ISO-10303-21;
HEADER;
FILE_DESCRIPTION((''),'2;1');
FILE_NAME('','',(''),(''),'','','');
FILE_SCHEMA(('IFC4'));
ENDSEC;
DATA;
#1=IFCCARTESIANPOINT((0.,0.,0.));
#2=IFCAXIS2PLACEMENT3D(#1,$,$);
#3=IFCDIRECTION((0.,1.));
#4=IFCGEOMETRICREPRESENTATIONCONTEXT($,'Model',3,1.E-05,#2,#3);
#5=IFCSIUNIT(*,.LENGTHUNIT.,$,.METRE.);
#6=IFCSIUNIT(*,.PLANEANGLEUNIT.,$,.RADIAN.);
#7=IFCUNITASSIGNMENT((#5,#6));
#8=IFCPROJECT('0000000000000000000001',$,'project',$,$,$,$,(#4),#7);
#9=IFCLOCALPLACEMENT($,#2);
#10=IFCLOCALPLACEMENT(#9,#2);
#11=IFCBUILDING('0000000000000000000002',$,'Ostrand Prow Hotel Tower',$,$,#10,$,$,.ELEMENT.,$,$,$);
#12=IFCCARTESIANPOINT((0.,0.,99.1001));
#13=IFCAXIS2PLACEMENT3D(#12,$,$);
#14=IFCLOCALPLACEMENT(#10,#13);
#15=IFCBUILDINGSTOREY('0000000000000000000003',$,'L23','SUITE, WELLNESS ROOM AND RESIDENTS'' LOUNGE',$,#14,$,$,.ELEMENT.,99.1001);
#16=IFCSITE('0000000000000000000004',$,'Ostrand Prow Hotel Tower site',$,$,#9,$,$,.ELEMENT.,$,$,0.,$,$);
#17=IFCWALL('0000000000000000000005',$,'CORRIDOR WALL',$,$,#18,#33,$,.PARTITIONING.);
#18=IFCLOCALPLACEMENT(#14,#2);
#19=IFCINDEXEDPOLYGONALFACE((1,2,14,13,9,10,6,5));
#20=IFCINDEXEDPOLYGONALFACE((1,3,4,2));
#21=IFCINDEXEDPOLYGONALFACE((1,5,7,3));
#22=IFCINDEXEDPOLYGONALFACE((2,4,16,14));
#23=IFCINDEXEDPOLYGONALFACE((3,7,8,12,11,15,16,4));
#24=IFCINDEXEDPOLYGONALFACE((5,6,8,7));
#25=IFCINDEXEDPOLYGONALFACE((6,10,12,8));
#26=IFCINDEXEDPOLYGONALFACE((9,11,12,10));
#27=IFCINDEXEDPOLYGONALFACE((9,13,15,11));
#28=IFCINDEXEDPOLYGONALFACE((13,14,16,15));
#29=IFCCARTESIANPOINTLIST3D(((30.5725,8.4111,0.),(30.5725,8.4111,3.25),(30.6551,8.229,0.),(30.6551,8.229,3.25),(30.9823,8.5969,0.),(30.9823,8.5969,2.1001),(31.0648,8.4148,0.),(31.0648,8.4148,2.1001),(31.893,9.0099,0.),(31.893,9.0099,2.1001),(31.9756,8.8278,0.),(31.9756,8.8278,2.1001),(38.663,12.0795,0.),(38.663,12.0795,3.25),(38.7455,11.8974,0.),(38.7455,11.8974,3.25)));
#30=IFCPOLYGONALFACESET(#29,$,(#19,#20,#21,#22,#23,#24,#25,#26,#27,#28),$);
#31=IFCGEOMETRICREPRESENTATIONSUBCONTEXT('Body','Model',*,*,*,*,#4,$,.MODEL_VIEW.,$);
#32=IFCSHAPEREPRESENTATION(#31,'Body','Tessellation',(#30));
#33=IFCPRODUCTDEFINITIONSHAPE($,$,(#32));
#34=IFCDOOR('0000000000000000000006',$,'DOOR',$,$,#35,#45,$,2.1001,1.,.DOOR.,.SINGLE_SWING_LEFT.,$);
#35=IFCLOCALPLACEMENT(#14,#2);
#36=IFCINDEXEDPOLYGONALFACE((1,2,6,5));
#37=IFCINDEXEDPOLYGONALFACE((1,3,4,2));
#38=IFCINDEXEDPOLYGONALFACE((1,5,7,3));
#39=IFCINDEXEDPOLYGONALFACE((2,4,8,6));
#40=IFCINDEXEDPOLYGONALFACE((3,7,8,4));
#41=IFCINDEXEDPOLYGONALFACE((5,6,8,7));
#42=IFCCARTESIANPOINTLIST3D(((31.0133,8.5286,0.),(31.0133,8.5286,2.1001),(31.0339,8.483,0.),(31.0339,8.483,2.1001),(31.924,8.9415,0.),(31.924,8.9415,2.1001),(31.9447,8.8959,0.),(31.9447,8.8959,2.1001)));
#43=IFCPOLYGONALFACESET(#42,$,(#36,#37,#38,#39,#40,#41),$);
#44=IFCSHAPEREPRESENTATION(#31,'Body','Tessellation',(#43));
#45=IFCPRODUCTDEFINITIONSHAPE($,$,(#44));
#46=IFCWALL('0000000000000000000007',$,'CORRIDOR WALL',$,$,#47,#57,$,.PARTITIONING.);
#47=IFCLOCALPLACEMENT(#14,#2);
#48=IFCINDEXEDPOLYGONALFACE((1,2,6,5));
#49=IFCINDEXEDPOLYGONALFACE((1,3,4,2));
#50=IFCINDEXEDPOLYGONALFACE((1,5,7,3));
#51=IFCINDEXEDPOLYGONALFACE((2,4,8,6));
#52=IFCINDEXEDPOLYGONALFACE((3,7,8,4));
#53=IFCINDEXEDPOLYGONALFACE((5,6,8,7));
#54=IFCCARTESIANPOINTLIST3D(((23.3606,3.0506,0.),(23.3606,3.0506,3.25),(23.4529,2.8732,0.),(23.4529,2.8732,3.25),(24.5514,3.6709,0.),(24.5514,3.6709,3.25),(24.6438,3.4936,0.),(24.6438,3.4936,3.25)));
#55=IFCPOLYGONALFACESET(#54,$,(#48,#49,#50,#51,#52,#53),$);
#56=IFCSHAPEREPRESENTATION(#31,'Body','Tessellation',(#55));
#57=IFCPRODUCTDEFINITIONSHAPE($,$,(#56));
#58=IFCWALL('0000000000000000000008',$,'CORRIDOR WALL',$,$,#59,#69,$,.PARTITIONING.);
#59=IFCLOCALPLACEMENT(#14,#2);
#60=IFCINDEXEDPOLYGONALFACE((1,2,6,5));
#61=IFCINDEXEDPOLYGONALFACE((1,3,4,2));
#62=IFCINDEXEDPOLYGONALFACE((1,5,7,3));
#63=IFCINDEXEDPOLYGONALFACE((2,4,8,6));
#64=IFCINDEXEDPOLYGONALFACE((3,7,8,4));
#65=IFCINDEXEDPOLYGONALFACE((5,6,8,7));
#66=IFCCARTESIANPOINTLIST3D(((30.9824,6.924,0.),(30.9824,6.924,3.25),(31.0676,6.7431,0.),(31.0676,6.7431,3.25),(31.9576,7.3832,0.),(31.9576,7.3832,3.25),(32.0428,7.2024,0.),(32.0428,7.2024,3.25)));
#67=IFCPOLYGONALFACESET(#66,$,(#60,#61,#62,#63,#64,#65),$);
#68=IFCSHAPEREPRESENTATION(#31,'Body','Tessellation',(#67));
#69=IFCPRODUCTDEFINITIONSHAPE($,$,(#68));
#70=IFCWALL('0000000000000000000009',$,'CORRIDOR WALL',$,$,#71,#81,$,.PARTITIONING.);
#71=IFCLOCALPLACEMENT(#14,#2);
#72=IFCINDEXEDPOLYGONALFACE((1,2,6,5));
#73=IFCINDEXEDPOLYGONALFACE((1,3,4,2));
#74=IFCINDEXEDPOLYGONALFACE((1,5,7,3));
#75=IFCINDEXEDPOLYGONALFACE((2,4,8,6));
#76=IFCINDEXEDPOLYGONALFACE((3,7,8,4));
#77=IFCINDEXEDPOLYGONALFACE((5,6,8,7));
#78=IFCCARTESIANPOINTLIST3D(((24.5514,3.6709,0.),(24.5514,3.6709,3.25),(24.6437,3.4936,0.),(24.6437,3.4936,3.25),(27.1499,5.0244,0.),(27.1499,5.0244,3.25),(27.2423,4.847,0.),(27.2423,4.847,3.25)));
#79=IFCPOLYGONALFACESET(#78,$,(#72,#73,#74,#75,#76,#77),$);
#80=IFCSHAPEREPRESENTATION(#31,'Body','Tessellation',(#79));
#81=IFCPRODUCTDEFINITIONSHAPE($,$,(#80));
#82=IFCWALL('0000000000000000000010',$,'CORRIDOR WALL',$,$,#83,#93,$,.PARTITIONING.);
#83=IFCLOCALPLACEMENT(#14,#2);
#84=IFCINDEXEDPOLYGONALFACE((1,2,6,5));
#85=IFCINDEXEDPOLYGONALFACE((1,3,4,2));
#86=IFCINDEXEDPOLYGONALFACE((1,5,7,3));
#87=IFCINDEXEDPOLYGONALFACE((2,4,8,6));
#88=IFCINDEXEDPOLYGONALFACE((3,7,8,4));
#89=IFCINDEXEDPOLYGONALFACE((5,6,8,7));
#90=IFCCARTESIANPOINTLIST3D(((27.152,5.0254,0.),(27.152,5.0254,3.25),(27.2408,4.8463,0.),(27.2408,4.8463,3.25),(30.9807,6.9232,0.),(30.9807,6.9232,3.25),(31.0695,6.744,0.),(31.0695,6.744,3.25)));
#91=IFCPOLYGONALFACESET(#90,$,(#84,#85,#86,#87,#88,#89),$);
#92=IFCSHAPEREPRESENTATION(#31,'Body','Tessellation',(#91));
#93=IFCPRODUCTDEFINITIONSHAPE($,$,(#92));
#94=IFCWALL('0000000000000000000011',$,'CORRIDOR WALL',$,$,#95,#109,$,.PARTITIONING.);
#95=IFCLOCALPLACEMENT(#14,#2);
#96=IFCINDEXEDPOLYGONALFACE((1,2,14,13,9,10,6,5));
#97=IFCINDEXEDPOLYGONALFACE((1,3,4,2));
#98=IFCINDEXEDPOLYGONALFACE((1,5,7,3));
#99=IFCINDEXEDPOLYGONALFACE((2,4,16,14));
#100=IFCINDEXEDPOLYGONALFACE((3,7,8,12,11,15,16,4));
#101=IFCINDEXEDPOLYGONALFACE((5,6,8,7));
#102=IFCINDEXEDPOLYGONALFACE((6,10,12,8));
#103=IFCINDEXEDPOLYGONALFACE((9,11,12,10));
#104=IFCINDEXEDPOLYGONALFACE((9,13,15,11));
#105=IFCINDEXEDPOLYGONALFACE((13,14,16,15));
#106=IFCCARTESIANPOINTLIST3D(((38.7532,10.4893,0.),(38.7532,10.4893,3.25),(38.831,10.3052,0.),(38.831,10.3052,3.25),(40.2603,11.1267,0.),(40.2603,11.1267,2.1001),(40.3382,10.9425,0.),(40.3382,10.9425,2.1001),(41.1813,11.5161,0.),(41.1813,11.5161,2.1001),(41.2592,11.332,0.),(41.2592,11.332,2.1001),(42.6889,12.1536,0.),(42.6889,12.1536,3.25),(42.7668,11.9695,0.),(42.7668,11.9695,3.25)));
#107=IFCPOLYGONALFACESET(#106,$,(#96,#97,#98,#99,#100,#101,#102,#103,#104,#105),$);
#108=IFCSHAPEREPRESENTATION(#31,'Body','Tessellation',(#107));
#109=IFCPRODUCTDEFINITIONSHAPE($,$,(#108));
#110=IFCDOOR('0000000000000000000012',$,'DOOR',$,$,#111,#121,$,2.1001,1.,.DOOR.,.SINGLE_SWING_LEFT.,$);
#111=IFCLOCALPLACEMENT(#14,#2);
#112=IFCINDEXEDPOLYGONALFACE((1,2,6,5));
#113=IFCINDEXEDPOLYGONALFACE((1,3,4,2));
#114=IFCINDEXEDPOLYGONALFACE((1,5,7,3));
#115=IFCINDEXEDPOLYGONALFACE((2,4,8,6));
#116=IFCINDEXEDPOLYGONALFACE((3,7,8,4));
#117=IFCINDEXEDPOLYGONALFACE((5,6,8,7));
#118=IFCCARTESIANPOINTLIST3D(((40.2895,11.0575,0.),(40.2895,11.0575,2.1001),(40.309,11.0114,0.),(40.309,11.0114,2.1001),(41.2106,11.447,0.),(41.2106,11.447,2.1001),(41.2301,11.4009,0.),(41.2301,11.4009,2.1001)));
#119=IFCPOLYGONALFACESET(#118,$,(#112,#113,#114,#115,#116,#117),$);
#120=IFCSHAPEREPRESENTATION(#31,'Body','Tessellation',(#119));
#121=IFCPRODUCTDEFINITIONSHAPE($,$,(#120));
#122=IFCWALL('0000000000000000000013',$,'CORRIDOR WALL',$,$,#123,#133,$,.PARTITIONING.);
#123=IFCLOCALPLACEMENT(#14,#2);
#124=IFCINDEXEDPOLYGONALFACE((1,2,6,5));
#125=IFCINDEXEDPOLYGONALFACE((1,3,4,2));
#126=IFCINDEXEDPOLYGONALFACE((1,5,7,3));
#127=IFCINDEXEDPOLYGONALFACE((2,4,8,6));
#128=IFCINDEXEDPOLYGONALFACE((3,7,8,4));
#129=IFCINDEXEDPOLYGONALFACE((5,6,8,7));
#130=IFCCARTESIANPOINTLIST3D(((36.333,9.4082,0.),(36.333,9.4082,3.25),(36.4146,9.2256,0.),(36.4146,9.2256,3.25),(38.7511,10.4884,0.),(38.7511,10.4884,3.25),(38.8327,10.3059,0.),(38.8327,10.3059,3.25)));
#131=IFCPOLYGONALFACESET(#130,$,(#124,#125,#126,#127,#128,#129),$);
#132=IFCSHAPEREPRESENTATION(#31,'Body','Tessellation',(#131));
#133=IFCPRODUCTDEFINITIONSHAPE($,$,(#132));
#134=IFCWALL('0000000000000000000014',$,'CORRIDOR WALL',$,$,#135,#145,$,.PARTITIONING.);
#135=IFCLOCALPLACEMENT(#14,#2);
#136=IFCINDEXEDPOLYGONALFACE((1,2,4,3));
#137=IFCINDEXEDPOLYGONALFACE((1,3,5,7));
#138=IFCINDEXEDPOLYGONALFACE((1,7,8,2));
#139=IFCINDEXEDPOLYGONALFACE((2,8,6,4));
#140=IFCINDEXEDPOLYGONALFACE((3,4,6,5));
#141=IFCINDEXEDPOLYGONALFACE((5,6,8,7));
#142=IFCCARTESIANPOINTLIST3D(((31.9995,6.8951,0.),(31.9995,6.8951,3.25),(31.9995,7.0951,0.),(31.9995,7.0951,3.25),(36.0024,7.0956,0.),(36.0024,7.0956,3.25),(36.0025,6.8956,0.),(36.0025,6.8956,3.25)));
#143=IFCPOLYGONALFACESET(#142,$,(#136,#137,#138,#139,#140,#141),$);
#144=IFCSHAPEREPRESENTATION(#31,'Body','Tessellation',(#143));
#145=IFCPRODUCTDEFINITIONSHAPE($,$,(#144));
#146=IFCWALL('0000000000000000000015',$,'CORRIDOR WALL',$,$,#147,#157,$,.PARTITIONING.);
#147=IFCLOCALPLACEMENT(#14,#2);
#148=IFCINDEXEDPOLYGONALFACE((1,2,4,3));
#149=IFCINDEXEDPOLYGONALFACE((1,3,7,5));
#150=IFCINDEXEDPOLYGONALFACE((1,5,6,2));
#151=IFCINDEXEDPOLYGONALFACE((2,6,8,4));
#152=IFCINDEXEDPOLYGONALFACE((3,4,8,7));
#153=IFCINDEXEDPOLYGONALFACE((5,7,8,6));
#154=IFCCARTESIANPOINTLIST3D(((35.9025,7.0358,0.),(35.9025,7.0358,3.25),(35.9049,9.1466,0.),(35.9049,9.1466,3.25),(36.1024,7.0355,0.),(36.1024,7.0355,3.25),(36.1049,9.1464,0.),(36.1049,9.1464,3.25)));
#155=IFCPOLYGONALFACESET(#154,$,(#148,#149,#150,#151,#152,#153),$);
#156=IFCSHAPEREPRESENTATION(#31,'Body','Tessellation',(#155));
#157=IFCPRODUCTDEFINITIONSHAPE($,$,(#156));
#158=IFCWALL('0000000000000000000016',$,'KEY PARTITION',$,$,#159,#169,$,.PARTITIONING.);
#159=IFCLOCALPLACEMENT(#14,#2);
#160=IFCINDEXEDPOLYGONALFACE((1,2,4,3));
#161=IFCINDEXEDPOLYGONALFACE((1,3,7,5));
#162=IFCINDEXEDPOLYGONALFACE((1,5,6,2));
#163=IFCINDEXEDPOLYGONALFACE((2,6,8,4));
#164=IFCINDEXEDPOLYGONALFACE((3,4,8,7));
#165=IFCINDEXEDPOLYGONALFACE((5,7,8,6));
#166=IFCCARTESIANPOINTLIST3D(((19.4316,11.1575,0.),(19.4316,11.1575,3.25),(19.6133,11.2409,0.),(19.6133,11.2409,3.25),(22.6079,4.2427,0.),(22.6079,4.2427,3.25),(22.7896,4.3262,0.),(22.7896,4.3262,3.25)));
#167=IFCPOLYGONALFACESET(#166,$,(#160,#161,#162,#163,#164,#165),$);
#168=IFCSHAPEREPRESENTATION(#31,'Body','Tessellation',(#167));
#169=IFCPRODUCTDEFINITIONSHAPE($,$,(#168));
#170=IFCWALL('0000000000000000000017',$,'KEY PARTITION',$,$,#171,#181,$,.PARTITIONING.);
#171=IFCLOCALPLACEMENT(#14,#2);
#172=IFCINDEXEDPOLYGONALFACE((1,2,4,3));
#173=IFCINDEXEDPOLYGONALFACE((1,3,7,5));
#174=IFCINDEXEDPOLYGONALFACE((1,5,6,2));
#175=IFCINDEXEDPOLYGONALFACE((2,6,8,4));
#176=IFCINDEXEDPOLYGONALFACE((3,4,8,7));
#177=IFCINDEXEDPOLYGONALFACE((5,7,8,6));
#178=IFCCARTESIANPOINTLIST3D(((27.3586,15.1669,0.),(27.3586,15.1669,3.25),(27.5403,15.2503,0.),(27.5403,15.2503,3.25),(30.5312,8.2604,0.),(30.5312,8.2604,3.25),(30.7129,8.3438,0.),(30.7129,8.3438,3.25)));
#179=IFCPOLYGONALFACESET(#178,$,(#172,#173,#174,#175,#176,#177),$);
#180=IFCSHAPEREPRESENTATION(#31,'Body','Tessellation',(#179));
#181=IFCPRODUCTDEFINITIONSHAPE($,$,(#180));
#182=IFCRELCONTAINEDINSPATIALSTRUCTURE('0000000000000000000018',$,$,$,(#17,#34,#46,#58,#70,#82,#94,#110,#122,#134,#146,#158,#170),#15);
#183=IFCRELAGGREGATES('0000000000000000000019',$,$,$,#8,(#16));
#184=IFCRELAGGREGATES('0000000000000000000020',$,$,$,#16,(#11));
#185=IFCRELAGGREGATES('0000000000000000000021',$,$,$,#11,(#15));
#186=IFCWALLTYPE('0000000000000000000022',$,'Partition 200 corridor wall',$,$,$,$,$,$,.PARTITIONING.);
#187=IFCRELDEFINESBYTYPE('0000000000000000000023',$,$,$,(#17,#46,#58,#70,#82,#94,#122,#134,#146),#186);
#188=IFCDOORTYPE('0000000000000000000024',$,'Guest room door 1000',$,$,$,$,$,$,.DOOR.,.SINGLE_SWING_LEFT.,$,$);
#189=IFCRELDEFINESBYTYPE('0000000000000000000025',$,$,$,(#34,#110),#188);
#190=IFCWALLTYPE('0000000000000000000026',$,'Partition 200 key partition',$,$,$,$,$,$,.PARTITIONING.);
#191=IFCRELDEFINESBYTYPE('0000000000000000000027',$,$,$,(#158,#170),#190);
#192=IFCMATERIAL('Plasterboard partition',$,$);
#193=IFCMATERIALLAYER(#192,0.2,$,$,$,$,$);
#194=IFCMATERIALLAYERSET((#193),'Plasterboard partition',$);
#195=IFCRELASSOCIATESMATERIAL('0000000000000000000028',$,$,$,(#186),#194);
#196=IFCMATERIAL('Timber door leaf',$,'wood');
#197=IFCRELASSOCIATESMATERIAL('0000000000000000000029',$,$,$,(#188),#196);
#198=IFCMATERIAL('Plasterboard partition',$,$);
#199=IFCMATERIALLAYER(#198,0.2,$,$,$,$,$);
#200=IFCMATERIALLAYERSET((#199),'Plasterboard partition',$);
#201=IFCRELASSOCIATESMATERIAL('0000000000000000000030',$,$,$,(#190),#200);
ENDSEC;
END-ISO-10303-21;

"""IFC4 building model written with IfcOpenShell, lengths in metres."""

from ifc_helpers import new_model, si_unit, direction, frame, frame_2d, origin, place, context, subcontext, project, spatial, rectangle, extrude, material, layer, layer_set, type_object, element, fill, save


model = new_model("IFC4")

# Units and contexts
model_context = context("Model", 3, precision=1e-05, world=origin(), true_north=direction((0.0, 1.0)))
body_context = subcontext(model_context, "Body", "Model", "MODEL_VIEW")
ifc_project = project(units=[si_unit("LENGTHUNIT", "METRE"), si_unit("PLANEANGLEUNIT", "RADIAN")], contexts=[model_context])

# Site, building, storey
site_placement = place(None, origin())
site = spatial("IfcSite", under=ifc_project, at=site_placement, Name="Ostrand Prow Hotel Tower site", CompositionType="ELEMENT", RefElevation=0.0)
building_placement = place(site_placement, origin())
building = spatial("IfcBuilding", under=site, at=building_placement, Name="Ostrand Prow Hotel Tower", CompositionType="ELEMENT")
storey_placement = place(building_placement, frame((0.0, 0.0, 99.1001)))
storey = spatial("IfcBuildingStorey", under=building, at=storey_placement, Name="L23", Description="SUITE, WELLNESS ROOM AND RESIDENTS' LOUNGE", CompositionType="ELEMENT", Elevation=99.1001)

# Wall, opening, door
ifc_material_1 = material(Name="Plasterboard partition")
ifc_layer_1 = layer(ifc_material_1, 0.2)
ifc_layer_set_1 = layer_set([ifc_layer_1], Name="Plasterboard partition")
wall_type_1 = type_object("IfcWallType", Name="Partition 200 corridor wall", PredefinedType="PARTITIONING", material=ifc_layer_set_1)
ifc_material_2 = material(Name="Timber door leaf", Category="wood")
door_type_1 = type_object("IfcDoorType", Name="Guest room door 1000", OperationType="SINGLE_SWING_LEFT", PredefinedType="DOOR", material=ifc_material_2)
wall_1_placement = place(storey_placement, frame((30.6138, 8.3201, 0.0), z_axis=(0.0, 0.0, 1.0), x_axis=(0.910751, 0.412956, 0.0)))
wall_1 = element("IfcWall", 1, at=wall_1_placement, inside=storey, type_object=wall_type_1, Name="CORRIDOR WALL", PredefinedType="PARTITIONING", context=body_context, shape_type="SweptSolid", body=[
    extrude(rectangle(XDim=8.8833, YDim=0.2, at=frame_2d((4.4417, 0.0))), origin(), (0.0, 0.0, 1.0), 3.25),
])
opening_1_placement = place(wall_1_placement, frame((0.45, 0.0, 0.0)))
opening_1 = element("IfcOpeningElement", 2, at=opening_1_placement, cuts=wall_1, PredefinedType="OPENING", context=body_context, shape_type="SweptSolid", body=[
    extrude(rectangle(XDim=1.0, YDim=2.1001, at=frame_2d((0.5, 1.05))), frame((0.0, 0.1099, 0.0), z_axis=(0.0, -1.0, 0.0), x_axis=(1.0, 0.0, 0.0)), (0.0, 0.0, 1.0), 0.22),
])
door_1_placement = place(opening_1_placement, origin())
door_1 = element("IfcDoor", 3, at=door_1_placement, inside=storey, type_object=door_type_1, Name="DOOR", OperationType="SINGLE_SWING_LEFT", OverallHeight=2.1001, OverallWidth=1.0, PredefinedType="DOOR", context=body_context, shape_type="SweptSolid", body=[
    extrude(rectangle(XDim=1.0, YDim=2.1001, at=frame_2d((0.5, 1.05))), frame((0.0, 0.0249, 0.0), z_axis=(0.0, -1.0, 0.0), x_axis=(1.0, 0.0, 0.0)), (0.0, 0.0, 1.0), 0.05),
])
fill(opening_1, door_1)

# Walls
wall_2_placement = place(storey_placement, frame((23.4067, 2.9619, 0.0), z_axis=(0.0, 0.0, 1.0), x_axis=(0.886886, 0.461988, 0.0)))
element("IfcWall", 4, at=wall_2_placement, inside=storey, type_object=wall_type_1, Name="CORRIDOR WALL", PredefinedType="PARTITIONING", context=body_context, shape_type="SweptSolid", body=[
    extrude(rectangle(XDim=1.3428, YDim=0.2, at=frame_2d((0.6714, 0.0))), origin(), (0.0, 0.0, 1.0), 3.25),
])
wall_3_placement = place(storey_placement, frame((31.0249, 6.8335, 0.0), z_axis=(0.0, 0.0, 1.0), x_axis=(0.90469, 0.42607, 0.0)))
element("IfcWall", 5, at=wall_3_placement, inside=storey, type_object=wall_type_1, Name="CORRIDOR WALL", PredefinedType="PARTITIONING", context=body_context, shape_type="SweptSolid", body=[
    extrude(rectangle(XDim=1.0779, YDim=0.2, at=frame_2d((0.5391, 0.0))), origin(), (0.0, 0.0, 1.0), 3.25),
])
wall_4_placement = place(storey_placement, frame((24.5977, 3.5823, 0.0), z_axis=(0.0, 0.0, 1.0), x_axis=(0.886906, 0.461951, 0.0)))
element("IfcWall", 6, at=wall_4_placement, inside=storey, type_object=wall_type_1, Name="CORRIDOR WALL", PredefinedType="PARTITIONING", context=body_context, shape_type="SweptSolid", body=[
    extrude(rectangle(XDim=2.9299, YDim=0.2, at=frame_2d((1.4648, 0.0))), origin(), (0.0, 0.0, 1.0), 3.25),
])
wall_5_placement = place(storey_placement, frame((27.1963, 4.9358, 0.0), z_axis=(0.0, 0.0, 1.0), x_axis=(0.895976, 0.444103, 0.0)))
element("IfcWall", 7, at=wall_5_placement, inside=storey, type_object=wall_type_1, Name="CORRIDOR WALL", PredefinedType="PARTITIONING", context=body_context, shape_type="SweptSolid", body=[
    extrude(rectangle(XDim=4.2732, YDim=0.2, at=frame_2d((2.1367, 0.0))), origin(), (0.0, 0.0, 1.0), 3.25),
])

# Wall, opening, door
wall_6_placement = place(storey_placement, frame((38.792, 10.3972, 0.0), z_axis=(0.0, 0.0, 1.0), x_axis=(0.921037, 0.389474, 0.0)))
wall_6 = element("IfcWall", 8, at=wall_6_placement, inside=storey, type_object=wall_type_1, Name="CORRIDOR WALL", PredefinedType="PARTITIONING", context=body_context, shape_type="SweptSolid", body=[
    extrude(rectangle(XDim=4.2732, YDim=0.2, at=frame_2d((2.1367, 0.0))), origin(), (0.0, 0.0, 1.0), 3.25),
])
opening_2_placement = place(wall_6_placement, frame((1.6365, 0.0, 0.0)))
opening_2 = element("IfcOpeningElement", 9, at=opening_2_placement, cuts=wall_6, PredefinedType="OPENING", context=body_context, shape_type="SweptSolid", body=[
    extrude(rectangle(XDim=1.0, YDim=2.1001, at=frame_2d((0.5, 1.05))), frame((0.0, 0.1099, 0.0), z_axis=(0.0, -1.0, 0.0), x_axis=(1.0, 0.0, 0.0)), (0.0, 0.0, 1.0), 0.22),
])
door_2_placement = place(opening_2_placement, origin())
door_2 = element("IfcDoor", 10, at=door_2_placement, inside=storey, type_object=door_type_1, Name="DOOR", OperationType="SINGLE_SWING_LEFT", OverallHeight=2.1001, OverallWidth=1.0, PredefinedType="DOOR", context=body_context, shape_type="SweptSolid", body=[
    extrude(rectangle(XDim=1.0, YDim=2.1001, at=frame_2d((0.5, 1.05))), frame((0.0, 0.0249, 0.0), z_axis=(0.0, -1.0, 0.0), x_axis=(1.0, 0.0, 0.0)), (0.0, 0.0, 1.0), 0.05),
])
fill(opening_2, door_2)

# Walls
wall_7_placement = place(storey_placement, frame((36.3738, 9.3169, 0.0), z_axis=(0.0, 0.0, 1.0), x_axis=(0.913031, 0.407891, 0.0)))
element("IfcWall", 11, at=wall_7_placement, inside=storey, type_object=wall_type_1, Name="CORRIDOR WALL", PredefinedType="PARTITIONING", context=body_context, shape_type="SweptSolid", body=[
    extrude(rectangle(XDim=2.6484, YDim=0.2, at=frame_2d((1.3242, 0.0))), origin(), (0.0, 0.0, 1.0), 3.25),
])
wall_8_placement = place(storey_placement, frame((31.9995, 6.9951, 0.0), z_axis=(0.0, 0.0, 1.0), x_axis=(1.0, 0.000122, 0.0)))
element("IfcWall", 12, at=wall_8_placement, inside=storey, type_object=wall_type_1, Name="CORRIDOR WALL", PredefinedType="PARTITIONING", context=body_context, shape_type="SweptSolid", body=[
    extrude(rectangle(XDim=4.0029, YDim=0.2, at=frame_2d((2.0015, 0.0))), origin(), (0.0, 0.0, 1.0), 3.25),
])
wall_9_placement = place(storey_placement, frame((36.0024, 7.0356, 0.0), z_axis=(0.0, 0.0, 1.0), x_axis=(0.001157, 0.999999, 0.0)))
element("IfcWall", 13, at=wall_9_placement, inside=storey, type_object=wall_type_1, Name="CORRIDOR WALL", PredefinedType="PARTITIONING", context=body_context, shape_type="SweptSolid", body=[
    extrude(rectangle(XDim=2.1108, YDim=0.2, at=frame_2d((1.0554, 0.0))), origin(), (0.0, 0.0, 1.0), 3.25),
])
ifc_material_3 = material(Name="Plasterboard partition")
ifc_layer_2 = layer(ifc_material_3, 0.2)
ifc_layer_set_2 = layer_set([ifc_layer_2], Name="Plasterboard partition")
wall_type_2 = type_object("IfcWallType", Name="Partition 200 key partition", PredefinedType="PARTITIONING", material=ifc_layer_set_2)
wall_10_placement = place(storey_placement, frame((22.6987, 4.2844, 0.0), z_axis=(0.0, 0.0, 1.0), x_axis=(-0.417414, 0.908717, 0.0)))
element("IfcWall", 14, at=wall_10_placement, inside=storey, type_object=wall_type_2, Name="KEY PARTITION", PredefinedType="PARTITIONING", context=body_context, shape_type="SweptSolid", body=[
    extrude(rectangle(XDim=7.6094, YDim=0.2, at=frame_2d((3.8047, 0.0))), origin(), (0.0, 0.0, 1.0), 3.25),
])
wall_11_placement = place(storey_placement, frame((30.6221, 8.302, 0.0), z_axis=(0.0, 0.0, 1.0), x_axis=(-0.41743, 0.908709, 0.0)))
element("IfcWall", 15, at=wall_11_placement, inside=storey, type_object=wall_type_2, Name="KEY PARTITION", PredefinedType="PARTITIONING", context=body_context, shape_type="SweptSolid", body=[
    extrude(rectangle(XDim=7.6003, YDim=0.2, at=frame_2d((3.8003, 0.0))), origin(), (0.0, 0.0, 1.0), 3.25),
])

save(model, "model.ifc")
